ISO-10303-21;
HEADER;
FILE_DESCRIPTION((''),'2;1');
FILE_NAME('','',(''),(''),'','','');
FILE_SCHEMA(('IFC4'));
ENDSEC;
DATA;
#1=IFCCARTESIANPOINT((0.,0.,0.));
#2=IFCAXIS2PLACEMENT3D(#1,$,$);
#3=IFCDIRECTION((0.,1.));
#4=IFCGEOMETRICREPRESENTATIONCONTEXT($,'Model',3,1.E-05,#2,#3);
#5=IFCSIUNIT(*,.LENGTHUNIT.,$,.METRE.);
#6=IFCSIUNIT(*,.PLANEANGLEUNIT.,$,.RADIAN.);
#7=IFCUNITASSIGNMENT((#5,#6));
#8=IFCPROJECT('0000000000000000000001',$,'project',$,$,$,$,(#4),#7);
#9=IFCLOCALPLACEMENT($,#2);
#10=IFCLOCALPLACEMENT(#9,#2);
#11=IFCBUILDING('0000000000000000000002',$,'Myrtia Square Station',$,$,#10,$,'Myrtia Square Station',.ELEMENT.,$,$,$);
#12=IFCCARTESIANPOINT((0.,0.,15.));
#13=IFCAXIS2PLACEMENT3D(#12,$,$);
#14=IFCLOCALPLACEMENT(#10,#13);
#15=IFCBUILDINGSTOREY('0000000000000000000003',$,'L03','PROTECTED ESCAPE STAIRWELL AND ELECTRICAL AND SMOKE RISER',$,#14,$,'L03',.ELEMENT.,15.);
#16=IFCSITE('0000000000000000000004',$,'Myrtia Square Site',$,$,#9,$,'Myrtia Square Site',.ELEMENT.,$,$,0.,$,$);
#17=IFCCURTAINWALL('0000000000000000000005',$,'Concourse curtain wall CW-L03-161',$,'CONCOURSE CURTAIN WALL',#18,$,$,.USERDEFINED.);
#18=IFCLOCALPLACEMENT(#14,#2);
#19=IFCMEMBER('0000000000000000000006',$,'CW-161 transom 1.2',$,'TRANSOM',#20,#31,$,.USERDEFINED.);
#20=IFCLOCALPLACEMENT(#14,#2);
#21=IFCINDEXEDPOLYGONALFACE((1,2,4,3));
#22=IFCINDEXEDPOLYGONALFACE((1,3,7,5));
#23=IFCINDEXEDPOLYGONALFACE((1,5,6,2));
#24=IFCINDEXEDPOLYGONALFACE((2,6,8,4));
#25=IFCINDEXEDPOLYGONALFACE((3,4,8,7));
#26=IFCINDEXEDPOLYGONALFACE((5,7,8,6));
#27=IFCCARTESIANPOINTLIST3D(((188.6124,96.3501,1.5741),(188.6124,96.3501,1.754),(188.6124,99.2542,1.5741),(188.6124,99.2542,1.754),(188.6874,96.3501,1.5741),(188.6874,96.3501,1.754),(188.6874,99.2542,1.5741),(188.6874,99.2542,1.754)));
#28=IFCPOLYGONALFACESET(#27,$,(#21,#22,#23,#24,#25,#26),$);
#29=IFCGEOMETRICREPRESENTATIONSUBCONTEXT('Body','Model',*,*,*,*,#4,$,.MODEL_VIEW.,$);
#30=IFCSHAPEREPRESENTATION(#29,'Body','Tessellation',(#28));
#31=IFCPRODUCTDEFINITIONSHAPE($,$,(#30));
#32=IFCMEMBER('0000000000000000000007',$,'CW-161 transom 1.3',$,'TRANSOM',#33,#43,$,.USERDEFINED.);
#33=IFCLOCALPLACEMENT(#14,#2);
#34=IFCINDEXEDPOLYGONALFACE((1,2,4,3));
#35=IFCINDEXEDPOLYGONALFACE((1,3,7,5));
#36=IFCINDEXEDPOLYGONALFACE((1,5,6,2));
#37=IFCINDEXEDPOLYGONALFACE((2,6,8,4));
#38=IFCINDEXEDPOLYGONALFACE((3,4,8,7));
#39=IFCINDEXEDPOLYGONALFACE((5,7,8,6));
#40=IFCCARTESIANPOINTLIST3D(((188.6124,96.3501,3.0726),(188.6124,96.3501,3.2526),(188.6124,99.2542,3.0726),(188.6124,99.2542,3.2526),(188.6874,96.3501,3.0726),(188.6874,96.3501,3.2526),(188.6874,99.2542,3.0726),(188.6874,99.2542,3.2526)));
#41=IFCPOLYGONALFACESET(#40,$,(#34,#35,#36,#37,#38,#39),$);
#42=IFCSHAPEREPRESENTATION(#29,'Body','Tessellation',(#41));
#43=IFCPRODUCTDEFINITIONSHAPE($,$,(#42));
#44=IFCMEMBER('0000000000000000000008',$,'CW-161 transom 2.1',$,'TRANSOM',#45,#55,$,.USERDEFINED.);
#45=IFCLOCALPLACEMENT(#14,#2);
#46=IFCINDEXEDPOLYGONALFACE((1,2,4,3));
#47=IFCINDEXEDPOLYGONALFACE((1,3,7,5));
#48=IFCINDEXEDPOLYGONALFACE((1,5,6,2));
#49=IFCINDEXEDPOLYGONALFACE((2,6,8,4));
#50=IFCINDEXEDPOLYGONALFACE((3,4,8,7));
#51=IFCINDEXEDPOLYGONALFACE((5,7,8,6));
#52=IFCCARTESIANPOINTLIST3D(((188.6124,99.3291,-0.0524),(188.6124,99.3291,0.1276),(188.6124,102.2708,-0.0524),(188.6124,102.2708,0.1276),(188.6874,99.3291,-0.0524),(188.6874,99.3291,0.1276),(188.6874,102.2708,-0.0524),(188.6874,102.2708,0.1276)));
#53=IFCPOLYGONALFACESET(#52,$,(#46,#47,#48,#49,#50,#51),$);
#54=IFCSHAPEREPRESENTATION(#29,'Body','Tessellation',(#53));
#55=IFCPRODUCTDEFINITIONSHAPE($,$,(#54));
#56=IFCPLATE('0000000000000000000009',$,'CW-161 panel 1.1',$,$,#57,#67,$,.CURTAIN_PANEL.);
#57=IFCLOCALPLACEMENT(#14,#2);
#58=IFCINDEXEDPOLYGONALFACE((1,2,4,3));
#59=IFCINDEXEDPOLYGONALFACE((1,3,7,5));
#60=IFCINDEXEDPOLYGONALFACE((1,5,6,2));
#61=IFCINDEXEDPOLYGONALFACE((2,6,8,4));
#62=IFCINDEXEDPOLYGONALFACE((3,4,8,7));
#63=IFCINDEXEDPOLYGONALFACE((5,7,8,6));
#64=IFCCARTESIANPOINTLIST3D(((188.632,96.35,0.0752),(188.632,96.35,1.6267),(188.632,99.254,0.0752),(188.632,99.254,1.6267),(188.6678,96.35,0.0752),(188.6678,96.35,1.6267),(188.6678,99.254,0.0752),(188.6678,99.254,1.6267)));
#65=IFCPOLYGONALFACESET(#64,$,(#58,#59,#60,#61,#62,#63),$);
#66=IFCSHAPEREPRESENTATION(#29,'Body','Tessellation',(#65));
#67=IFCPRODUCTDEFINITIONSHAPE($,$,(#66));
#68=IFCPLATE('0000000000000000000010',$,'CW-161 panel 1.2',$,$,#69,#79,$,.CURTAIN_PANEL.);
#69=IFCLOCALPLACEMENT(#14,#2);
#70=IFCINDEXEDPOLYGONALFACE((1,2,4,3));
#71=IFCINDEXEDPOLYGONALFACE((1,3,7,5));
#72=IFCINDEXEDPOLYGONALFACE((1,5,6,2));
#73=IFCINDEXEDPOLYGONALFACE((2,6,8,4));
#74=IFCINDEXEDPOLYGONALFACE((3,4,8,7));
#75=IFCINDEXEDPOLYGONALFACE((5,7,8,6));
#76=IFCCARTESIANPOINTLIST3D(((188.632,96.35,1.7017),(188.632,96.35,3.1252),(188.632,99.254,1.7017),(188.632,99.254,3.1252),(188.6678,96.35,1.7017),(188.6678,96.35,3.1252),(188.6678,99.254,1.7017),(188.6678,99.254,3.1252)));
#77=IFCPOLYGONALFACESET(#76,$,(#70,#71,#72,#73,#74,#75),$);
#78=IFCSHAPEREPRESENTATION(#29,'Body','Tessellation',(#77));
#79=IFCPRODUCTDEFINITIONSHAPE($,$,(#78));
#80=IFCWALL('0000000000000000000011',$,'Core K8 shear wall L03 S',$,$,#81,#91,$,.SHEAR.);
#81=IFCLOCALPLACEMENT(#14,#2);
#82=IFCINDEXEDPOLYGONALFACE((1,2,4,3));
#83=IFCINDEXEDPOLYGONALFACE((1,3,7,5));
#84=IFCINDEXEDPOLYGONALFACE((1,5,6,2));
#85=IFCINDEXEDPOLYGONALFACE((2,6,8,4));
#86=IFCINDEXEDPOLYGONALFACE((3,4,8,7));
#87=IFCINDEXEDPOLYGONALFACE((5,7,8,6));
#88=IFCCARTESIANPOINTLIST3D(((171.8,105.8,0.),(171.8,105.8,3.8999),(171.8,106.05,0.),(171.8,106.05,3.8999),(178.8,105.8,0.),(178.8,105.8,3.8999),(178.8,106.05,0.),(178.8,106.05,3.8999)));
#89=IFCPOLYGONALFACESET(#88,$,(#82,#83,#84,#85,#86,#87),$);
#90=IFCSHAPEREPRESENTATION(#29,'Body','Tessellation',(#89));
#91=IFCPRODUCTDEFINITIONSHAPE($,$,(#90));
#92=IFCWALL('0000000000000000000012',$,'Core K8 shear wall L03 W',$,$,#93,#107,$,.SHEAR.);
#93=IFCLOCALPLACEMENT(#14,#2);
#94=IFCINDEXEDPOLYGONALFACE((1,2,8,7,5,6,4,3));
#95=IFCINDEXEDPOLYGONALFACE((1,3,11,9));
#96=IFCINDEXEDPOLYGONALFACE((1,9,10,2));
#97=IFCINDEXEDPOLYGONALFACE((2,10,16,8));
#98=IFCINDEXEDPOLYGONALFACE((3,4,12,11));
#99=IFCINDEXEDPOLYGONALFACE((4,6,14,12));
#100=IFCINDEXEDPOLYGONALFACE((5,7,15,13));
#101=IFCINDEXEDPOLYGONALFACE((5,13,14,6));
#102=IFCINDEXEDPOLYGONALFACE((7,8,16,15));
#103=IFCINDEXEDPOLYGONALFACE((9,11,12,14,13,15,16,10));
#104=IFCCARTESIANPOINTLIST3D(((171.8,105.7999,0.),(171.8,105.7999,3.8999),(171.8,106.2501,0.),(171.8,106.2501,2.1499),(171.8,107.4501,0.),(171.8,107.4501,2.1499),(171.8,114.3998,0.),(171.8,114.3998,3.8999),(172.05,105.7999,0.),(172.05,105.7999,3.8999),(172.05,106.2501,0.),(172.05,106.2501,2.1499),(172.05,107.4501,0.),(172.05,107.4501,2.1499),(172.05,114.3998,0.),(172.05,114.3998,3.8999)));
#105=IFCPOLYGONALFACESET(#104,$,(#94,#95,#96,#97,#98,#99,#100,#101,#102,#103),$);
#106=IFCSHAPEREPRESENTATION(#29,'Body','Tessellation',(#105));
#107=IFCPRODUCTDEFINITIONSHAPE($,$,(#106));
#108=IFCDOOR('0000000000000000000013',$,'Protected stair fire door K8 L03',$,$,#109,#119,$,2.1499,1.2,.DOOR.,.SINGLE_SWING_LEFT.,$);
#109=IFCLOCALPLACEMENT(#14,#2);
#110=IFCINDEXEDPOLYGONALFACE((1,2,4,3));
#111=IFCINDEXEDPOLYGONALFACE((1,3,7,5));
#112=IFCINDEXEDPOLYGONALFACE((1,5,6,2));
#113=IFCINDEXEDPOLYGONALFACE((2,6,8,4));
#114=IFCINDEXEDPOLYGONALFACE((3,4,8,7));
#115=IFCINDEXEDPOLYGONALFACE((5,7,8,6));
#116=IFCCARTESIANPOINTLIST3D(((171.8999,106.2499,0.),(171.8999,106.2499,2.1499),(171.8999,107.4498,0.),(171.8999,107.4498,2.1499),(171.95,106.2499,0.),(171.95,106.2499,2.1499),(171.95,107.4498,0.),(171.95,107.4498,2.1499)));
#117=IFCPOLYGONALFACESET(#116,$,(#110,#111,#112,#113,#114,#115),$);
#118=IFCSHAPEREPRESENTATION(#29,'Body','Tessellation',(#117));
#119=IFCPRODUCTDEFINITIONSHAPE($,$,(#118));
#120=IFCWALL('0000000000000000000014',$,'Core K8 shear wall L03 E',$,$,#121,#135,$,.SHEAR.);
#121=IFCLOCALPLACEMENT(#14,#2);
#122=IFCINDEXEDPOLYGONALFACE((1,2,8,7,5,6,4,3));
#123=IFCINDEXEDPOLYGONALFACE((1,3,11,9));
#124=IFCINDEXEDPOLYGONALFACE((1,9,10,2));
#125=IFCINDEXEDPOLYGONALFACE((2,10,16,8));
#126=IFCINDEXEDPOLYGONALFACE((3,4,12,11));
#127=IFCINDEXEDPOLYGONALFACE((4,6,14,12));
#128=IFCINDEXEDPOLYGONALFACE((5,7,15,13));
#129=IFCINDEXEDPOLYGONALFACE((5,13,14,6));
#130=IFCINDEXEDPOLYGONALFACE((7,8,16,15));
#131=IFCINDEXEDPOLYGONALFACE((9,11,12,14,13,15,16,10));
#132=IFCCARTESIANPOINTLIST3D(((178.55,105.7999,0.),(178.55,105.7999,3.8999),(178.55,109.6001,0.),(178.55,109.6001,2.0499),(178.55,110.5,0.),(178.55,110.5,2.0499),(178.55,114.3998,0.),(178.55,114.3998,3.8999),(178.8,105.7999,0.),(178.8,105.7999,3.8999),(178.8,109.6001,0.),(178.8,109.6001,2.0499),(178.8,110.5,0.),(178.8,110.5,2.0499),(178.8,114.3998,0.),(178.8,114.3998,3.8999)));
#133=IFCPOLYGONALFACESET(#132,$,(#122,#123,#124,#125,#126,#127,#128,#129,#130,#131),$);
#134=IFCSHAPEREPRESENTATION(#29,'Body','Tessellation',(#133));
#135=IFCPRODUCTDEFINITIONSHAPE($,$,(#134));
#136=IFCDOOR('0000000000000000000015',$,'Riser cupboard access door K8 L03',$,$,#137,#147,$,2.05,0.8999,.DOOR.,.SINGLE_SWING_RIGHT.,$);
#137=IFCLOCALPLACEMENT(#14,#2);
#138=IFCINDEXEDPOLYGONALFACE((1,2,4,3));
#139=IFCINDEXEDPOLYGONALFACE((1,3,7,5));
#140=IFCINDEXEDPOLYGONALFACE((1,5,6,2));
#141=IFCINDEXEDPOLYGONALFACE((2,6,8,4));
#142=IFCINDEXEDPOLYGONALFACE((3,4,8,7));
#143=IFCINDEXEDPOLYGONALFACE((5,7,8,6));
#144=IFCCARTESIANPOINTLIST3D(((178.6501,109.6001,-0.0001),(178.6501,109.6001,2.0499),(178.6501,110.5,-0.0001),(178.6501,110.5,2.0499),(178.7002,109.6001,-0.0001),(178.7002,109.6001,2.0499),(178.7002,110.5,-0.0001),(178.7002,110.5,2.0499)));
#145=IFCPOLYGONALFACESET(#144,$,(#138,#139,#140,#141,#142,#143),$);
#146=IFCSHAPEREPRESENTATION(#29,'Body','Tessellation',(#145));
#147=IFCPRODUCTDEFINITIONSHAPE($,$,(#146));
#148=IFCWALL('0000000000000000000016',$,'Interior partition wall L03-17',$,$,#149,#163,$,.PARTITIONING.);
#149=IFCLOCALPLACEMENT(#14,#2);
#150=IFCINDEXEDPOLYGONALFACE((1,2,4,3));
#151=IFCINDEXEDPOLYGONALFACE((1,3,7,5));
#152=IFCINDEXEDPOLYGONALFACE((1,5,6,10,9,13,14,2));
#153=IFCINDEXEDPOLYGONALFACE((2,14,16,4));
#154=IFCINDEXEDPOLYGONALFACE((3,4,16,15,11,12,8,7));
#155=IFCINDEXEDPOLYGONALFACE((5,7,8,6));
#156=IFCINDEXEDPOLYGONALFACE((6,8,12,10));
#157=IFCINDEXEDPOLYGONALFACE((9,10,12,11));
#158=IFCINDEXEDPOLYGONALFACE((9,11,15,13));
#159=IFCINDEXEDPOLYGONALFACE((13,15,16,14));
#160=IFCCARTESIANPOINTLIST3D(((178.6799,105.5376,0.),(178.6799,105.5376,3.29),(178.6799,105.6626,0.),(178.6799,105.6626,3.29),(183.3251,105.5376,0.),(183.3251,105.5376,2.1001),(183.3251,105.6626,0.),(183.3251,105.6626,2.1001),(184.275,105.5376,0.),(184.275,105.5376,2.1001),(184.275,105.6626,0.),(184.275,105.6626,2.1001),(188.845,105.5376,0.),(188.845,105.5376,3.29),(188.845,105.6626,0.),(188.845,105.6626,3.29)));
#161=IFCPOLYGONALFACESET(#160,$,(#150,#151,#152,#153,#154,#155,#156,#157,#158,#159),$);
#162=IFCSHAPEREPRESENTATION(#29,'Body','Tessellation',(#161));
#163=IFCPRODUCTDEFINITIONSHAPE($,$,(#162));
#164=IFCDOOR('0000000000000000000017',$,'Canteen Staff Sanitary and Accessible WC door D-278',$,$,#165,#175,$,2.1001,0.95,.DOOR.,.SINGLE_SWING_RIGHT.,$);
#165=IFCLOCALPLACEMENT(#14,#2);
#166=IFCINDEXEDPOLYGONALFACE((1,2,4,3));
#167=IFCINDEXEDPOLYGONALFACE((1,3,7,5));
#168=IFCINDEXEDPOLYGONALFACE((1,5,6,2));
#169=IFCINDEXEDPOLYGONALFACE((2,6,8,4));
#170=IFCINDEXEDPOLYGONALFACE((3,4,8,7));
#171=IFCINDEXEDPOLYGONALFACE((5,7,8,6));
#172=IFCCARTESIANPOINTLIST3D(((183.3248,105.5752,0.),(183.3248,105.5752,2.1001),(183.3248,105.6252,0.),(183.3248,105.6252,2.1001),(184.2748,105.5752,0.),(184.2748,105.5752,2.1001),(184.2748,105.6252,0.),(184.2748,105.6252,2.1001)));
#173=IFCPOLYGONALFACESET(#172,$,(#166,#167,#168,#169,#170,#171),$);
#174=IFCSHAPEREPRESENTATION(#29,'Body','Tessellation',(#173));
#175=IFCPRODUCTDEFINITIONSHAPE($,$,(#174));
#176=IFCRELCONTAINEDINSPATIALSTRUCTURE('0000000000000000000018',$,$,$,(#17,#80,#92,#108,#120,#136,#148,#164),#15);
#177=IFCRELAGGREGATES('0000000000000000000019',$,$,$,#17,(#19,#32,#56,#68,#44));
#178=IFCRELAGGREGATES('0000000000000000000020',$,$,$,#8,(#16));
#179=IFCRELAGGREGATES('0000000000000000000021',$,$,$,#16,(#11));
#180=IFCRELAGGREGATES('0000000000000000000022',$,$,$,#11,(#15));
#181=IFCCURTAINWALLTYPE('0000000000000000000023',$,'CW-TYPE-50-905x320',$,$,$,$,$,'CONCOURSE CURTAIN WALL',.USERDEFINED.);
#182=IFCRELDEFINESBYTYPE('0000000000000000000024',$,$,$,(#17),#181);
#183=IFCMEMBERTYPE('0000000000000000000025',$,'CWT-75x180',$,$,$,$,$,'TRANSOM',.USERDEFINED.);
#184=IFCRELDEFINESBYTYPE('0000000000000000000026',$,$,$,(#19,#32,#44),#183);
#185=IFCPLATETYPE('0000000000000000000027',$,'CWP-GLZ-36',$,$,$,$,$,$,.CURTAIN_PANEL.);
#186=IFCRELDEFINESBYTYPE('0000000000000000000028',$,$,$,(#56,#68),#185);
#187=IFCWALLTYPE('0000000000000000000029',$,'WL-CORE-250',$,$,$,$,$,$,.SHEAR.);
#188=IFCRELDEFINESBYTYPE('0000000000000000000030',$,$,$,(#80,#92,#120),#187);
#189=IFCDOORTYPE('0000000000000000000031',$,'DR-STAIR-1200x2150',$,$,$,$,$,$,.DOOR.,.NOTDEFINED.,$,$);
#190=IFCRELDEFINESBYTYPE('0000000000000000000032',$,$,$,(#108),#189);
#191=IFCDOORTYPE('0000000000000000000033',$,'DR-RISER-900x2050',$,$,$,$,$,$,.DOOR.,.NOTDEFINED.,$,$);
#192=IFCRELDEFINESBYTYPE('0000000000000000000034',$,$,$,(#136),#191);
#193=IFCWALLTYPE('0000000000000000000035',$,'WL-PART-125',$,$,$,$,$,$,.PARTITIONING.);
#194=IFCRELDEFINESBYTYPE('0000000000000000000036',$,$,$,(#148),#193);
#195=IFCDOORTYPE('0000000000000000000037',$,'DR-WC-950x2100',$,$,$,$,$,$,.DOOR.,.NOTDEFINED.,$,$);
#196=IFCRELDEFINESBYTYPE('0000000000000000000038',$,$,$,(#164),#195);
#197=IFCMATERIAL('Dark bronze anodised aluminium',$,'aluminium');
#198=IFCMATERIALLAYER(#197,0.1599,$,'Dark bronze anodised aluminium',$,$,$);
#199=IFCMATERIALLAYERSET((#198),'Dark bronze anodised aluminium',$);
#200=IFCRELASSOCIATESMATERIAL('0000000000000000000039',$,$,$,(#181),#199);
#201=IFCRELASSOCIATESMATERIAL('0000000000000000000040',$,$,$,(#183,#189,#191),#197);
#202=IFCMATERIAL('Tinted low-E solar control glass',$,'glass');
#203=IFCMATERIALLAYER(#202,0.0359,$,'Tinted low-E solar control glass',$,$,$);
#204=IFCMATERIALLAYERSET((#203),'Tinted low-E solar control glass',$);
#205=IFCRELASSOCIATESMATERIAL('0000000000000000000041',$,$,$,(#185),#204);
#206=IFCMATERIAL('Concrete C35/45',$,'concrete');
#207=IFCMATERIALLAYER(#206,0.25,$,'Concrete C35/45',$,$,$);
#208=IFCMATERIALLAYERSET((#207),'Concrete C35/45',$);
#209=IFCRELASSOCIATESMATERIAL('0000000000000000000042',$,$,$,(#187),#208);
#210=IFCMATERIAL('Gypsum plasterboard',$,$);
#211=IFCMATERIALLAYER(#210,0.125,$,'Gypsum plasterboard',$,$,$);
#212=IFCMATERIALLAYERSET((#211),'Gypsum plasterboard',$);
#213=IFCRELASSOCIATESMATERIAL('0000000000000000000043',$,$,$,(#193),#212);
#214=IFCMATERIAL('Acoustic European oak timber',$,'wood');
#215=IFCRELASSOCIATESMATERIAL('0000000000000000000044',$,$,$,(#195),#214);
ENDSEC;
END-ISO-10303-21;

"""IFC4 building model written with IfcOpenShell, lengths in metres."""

from ifc_helpers import new_model, si_unit, direction, frame, frame_2d, origin, origin_2d, place, context, subcontext, project, spatial, rectangle, extrude, material, layer, layer_set, material_profile, profile_set, type_object, element, fill, aggregate, save


model = new_model("IFC4")

# Units and contexts
model_context = context("Model", 3, precision=1e-05, world=origin(), true_north=direction((0.0, 1.0)))
body_context = subcontext(model_context, "Body", "Model", "MODEL_VIEW")
ifc_project = project(units=[si_unit("LENGTHUNIT", "METRE"), si_unit("PLANEANGLEUNIT", "RADIAN")], contexts=[model_context])

# Site, building, storey
site_placement = place(None, origin())
site = spatial("IfcSite", under=ifc_project, at=site_placement, Name="Myrtia Square Site", LongName="Myrtia Square Site", CompositionType="ELEMENT", RefElevation=0.0)
building_placement = place(site_placement, origin())
building = spatial("IfcBuilding", under=site, at=building_placement, Name="Myrtia Square Station", LongName="Myrtia Square Station", CompositionType="ELEMENT")
storey_placement = place(building_placement, frame((0.0, 0.0, 15.0)))
storey = spatial("IfcBuildingStorey", under=building, at=storey_placement, Name="L03", Description="PROTECTED ESCAPE STAIRWELL AND ELECTRICAL AND SMOKE RISER", LongName="L03", CompositionType="ELEMENT", Elevation=15.0)

# Curtain wall, members, plates
ifc_material_1 = material(Name="Dark bronze anodised aluminium", Category="aluminium")
ifc_layer_1 = layer(ifc_material_1, 0.1599, Name="Dark bronze anodised aluminium")
ifc_layer_set_1 = layer_set([ifc_layer_1], Name="Dark bronze anodised aluminium")
curtain_wall_type = type_object("IfcCurtainWallType", Name="CW-TYPE-50-905x320", ElementType="CONCOURSE CURTAIN WALL", PredefinedType="USERDEFINED", material=ifc_layer_set_1)
curtain_wall_placement = place(storey_placement, origin())
curtain_wall = element("IfcCurtainWall", 1, at=curtain_wall_placement, inside=storey, type_object=curtain_wall_type, Name="Concourse curtain wall CW-L03-161", ObjectType="CONCOURSE CURTAIN WALL", PredefinedType="USERDEFINED")
ifc_material_profile_1 = material_profile(ifc_material_1, rectangle(XDim=0.075, YDim=0.1799, at=origin_2d()), Name="ALU-T 75x180")
ifc_profile_set_1 = profile_set([ifc_material_profile_1], Name="Dark bronze anodised aluminium")
member_type_1 = type_object("IfcMemberType", Name="CWT-75x180", ElementType="TRANSOM", PredefinedType="USERDEFINED", material=ifc_profile_set_1)
member_1_placement = place(storey_placement, frame((188.6499, 96.3501, 1.6641), z_axis=(0.0, 1.0, 0.0), x_axis=(-1.0, 0.0, 0.0)))
member_1 = element("IfcMember", 2, at=member_1_placement, type_object=member_type_1, Name="CW-161 transom 1.2", ObjectType="TRANSOM", PredefinedType="USERDEFINED", context=body_context, shape_type="SweptSolid", body=[
    extrude(rectangle(XDim=0.075, YDim=0.1799, at=origin_2d()), origin(), (0.0, 0.0, 1.0), 2.9041),
])
member_2_placement = place(storey_placement, frame((188.6499, 96.3501, 3.1626), z_axis=(0.0, 1.0, 0.0), x_axis=(-1.0, 0.0, 0.0)))
member_2 = element("IfcMember", 3, at=member_2_placement, type_object=member_type_1, Name="CW-161 transom 1.3", ObjectType="TRANSOM", PredefinedType="USERDEFINED", context=body_context, shape_type="SweptSolid", body=[
    extrude(rectangle(XDim=0.075, YDim=0.1799, at=origin_2d()), origin(), (0.0, 0.0, 1.0), 2.9041),
])
member_3_placement = place(storey_placement, frame((188.6499, 99.3291, 0.0376), z_axis=(0.0, 1.0, 0.0), x_axis=(-1.0, 0.0, 0.0)))
member_3 = element("IfcMember", 4, at=member_3_placement, type_object=member_type_1, Name="CW-161 transom 2.1", ObjectType="TRANSOM", PredefinedType="USERDEFINED", context=body_context, shape_type="SweptSolid", body=[
    extrude(rectangle(XDim=0.075, YDim=0.1799, at=origin_2d()), origin(), (0.0, 0.0, 1.0), 2.9417),
])
ifc_material_2 = material(Name="Tinted low-E solar control glass", Category="glass")
ifc_layer_2 = layer(ifc_material_2, 0.0359, Name="Tinted low-E solar control glass")
ifc_layer_set_2 = layer_set([ifc_layer_2], Name="Tinted low-E solar control glass")
plate_type = type_object("IfcPlateType", Name="CWP-GLZ-36", PredefinedType="CURTAIN_PANEL", material=ifc_layer_set_2)
plate_1_placement = place(storey_placement, frame((188.6499, 97.802, 0.0752), z_axis=(0.0, 0.0, 1.0), x_axis=(0.0, 1.0, 0.0)))
plate_1 = element("IfcPlate", 5, at=plate_1_placement, type_object=plate_type, Name="CW-161 panel 1.1", PredefinedType="CURTAIN_PANEL", context=body_context, shape_type="SweptSolid", body=[
    extrude(rectangle(XDim=2.9041, YDim=0.0359, at=origin_2d()), origin(), (0.0, 0.0, 1.0), 1.5515),
])
plate_2_placement = place(storey_placement, frame((188.6499, 97.802, 1.7017), z_axis=(0.0, 0.0, 1.0), x_axis=(0.0, 1.0, 0.0)))
plate_2 = element("IfcPlate", 6, at=plate_2_placement, type_object=plate_type, Name="CW-161 panel 1.2", PredefinedType="CURTAIN_PANEL", context=body_context, shape_type="SweptSolid", body=[
    extrude(rectangle(XDim=2.9041, YDim=0.0359, at=origin_2d()), origin(), (0.0, 0.0, 1.0), 1.4236),
])
aggregate(curtain_wall, [member_1, member_2, plate_1, plate_2, member_3])

# Wall
ifc_material_3 = material(Name="Concrete C35/45", Category="concrete")
ifc_layer_3 = layer(ifc_material_3, 0.25, Name="Concrete C35/45")
ifc_layer_set_3 = layer_set([ifc_layer_3], Name="Concrete C35/45")
wall_type_1 = type_object("IfcWallType", Name="WL-CORE-250", PredefinedType="SHEAR", material=ifc_layer_set_3)
wall_1_placement = place(storey_placement, frame((171.8, 105.925, 0.0), z_axis=(0.0, 0.0, 1.0), x_axis=(1.0, 0.0, 0.0)))
element("IfcWall", 7, at=wall_1_placement, inside=storey, type_object=wall_type_1, Name="Core K8 shear wall L03 S", PredefinedType="SHEAR", context=body_context, shape_type="SweptSolid", body=[
    extrude(rectangle(XDim=7.0, YDim=0.25, at=frame_2d((3.5, 0.0))), origin(), (0.0, 0.0, 1.0), 3.8999),
])

# Walls, openings, doors
wall_2_placement = place(storey_placement, frame((171.925, 105.8, 0.0), z_axis=(0.0, 0.0, 1.0), x_axis=(0.0, 1.0, 0.0)))
wall_2 = element("IfcWall", 8, at=wall_2_placement, inside=storey, type_object=wall_type_1, Name="Core K8 shear wall L03 W", PredefinedType="SHEAR", context=body_context, shape_type="SweptSolid", body=[
    extrude(rectangle(XDim=8.5999, YDim=0.25, at=frame_2d((4.2998, 0.0))), origin(), (0.0, 0.0, 1.0), 3.8999),
])
opening_1_placement = place(wall_2_placement, frame((0.45, 0.0, 0.0)))
opening_1 = element("IfcOpeningElement", 9, at=opening_1_placement, cuts=wall_2, PredefinedType="OPENING", context=body_context, shape_type="SweptSolid", body=[
    extrude(rectangle(XDim=1.2, YDim=2.1499, at=frame_2d((0.6001, 1.075))), frame((0.0, 0.1399, 0.0), z_axis=(0.0, -1.0, 0.0), x_axis=(1.0, 0.0, 0.0)), (0.0, 0.0, 1.0), 0.28),
])
door_type_1 = type_object("IfcDoorType", Name="DR-STAIR-1200x2150", OperationType="NOTDEFINED", PredefinedType="DOOR", material=ifc_material_1)
door_1_placement = place(opening_1_placement, frame((1.2, 0.0, 0.0), z_axis=(0.0, 0.0, 1.0), x_axis=(-1.0, 0.0, 0.0)))
door_1 = element("IfcDoor", 10, at=door_1_placement, inside=storey, type_object=door_type_1, Name="Protected stair fire door K8 L03", OperationType="SINGLE_SWING_LEFT", OverallHeight=2.1499, OverallWidth=1.2, PredefinedType="DOOR", context=body_context, shape_type="SweptSolid", body=[
    extrude(rectangle(XDim=1.2, YDim=2.1499, at=frame_2d((0.6001, 1.075))), frame((0.0, 0.0249, 0.0), z_axis=(0.0, -1.0, 0.0), x_axis=(1.0, 0.0, 0.0)), (0.0, 0.0, 1.0), 0.05),
])
fill(opening_1, door_1)
wall_3_placement = place(storey_placement, frame((178.675, 105.8, 0.0), z_axis=(0.0, 0.0, 1.0), x_axis=(0.0, 1.0, 0.0)))
wall_3 = element("IfcWall", 11, at=wall_3_placement, inside=storey, type_object=wall_type_1, Name="Core K8 shear wall L03 E", PredefinedType="SHEAR", context=body_context, shape_type="SweptSolid", body=[
    extrude(rectangle(XDim=8.5999, YDim=0.25, at=frame_2d((4.2998, 0.0))), origin(), (0.0, 0.0, 1.0), 3.8999),
])
opening_2_placement = place(wall_3_placement, frame((3.8, 0.0, 0.0)))
opening_2 = element("IfcOpeningElement", 12, at=opening_2_placement, cuts=wall_3, PredefinedType="OPENING", context=body_context, shape_type="SweptSolid", body=[
    extrude(rectangle(XDim=0.8999, YDim=2.05, at=frame_2d((0.45, 1.0249))), frame((0.0, 0.1399, 0.0), z_axis=(0.0, -1.0, 0.0), x_axis=(1.0, 0.0, 0.0)), (0.0, 0.0, 1.0), 0.28),
])
door_type_2 = type_object("IfcDoorType", Name="DR-RISER-900x2050", OperationType="NOTDEFINED", PredefinedType="DOOR", material=ifc_material_1)
door_2_placement = place(opening_2_placement, origin())
door_2 = element("IfcDoor", 13, at=door_2_placement, inside=storey, type_object=door_type_2, Name="Riser cupboard access door K8 L03", OperationType="SINGLE_SWING_RIGHT", OverallHeight=2.05, OverallWidth=0.8999, PredefinedType="DOOR", context=body_context, shape_type="SweptSolid", body=[
    extrude(rectangle(XDim=0.8999, YDim=2.05, at=frame_2d((0.45, 1.0249))), frame((0.0, 0.0249, 0.0), z_axis=(0.0, -1.0, 0.0), x_axis=(1.0, 0.0, 0.0)), (0.0, 0.0, 1.0), 0.05),
])
fill(opening_2, door_2)
ifc_material_4 = material(Name="Gypsum plasterboard")
ifc_layer_4 = layer(ifc_material_4, 0.125, Name="Gypsum plasterboard")
ifc_layer_set_4 = layer_set([ifc_layer_4], Name="Gypsum plasterboard")
wall_type_2 = type_object("IfcWallType", Name="WL-PART-125", PredefinedType="PARTITIONING", material=ifc_layer_set_4)
wall_4_placement = place(storey_placement, frame((178.6799, 105.6001, 0.0), z_axis=(0.0, 0.0, 1.0), x_axis=(1.0, 0.0, 0.0)))
wall_4 = element("IfcWall", 14, at=wall_4_placement, inside=storey, type_object=wall_type_2, Name="Interior partition wall L03-17", PredefinedType="PARTITIONING", context=body_context, shape_type="SweptSolid", body=[
    extrude(rectangle(XDim=10.165, YDim=0.125, at=frame_2d((5.0825, 0.0))), origin(), (0.0, 0.0, 1.0), 3.29),
])
opening_3_placement = place(wall_4_placement, frame((4.645, 0.0, 0.0)))
opening_3 = element("IfcOpeningElement", 15, at=opening_3_placement, cuts=wall_4, PredefinedType="OPENING", context=body_context, shape_type="SweptSolid", body=[
    extrude(rectangle(XDim=0.95, YDim=2.1001, at=frame_2d((0.4751, 1.05))), frame((0.0, 0.0774, 0.0), z_axis=(0.0, -1.0, 0.0), x_axis=(1.0, 0.0, 0.0)), (0.0, 0.0, 1.0), 0.155),
])
ifc_material_5 = material(Name="Acoustic European oak timber", Category="wood")
door_type_3 = type_object("IfcDoorType", Name="DR-WC-950x2100", OperationType="NOTDEFINED", PredefinedType="DOOR", material=ifc_material_5)
door_3_placement = place(opening_3_placement, frame((0.95, 0.0, 0.0), z_axis=(0.0, 0.0, 1.0), x_axis=(-1.0, 0.0, 0.0)))
door_3 = element("IfcDoor", 16, at=door_3_placement, inside=storey, type_object=door_type_3, Name="Canteen Staff Sanitary and Accessible WC door D-278", OperationType="SINGLE_SWING_RIGHT", OverallHeight=2.1001, OverallWidth=0.95, PredefinedType="DOOR", context=body_context, shape_type="SweptSolid", body=[
    extrude(rectangle(XDim=0.95, YDim=2.1001, at=frame_2d((0.4751, 1.05))), frame((0.0, 0.0249, 0.0), z_axis=(0.0, -1.0, 0.0), x_axis=(1.0, 0.0, 0.0)), (0.0, 0.0, 1.0), 0.05),
])
fill(opening_3, door_3)

save(model, "model.ifc")
